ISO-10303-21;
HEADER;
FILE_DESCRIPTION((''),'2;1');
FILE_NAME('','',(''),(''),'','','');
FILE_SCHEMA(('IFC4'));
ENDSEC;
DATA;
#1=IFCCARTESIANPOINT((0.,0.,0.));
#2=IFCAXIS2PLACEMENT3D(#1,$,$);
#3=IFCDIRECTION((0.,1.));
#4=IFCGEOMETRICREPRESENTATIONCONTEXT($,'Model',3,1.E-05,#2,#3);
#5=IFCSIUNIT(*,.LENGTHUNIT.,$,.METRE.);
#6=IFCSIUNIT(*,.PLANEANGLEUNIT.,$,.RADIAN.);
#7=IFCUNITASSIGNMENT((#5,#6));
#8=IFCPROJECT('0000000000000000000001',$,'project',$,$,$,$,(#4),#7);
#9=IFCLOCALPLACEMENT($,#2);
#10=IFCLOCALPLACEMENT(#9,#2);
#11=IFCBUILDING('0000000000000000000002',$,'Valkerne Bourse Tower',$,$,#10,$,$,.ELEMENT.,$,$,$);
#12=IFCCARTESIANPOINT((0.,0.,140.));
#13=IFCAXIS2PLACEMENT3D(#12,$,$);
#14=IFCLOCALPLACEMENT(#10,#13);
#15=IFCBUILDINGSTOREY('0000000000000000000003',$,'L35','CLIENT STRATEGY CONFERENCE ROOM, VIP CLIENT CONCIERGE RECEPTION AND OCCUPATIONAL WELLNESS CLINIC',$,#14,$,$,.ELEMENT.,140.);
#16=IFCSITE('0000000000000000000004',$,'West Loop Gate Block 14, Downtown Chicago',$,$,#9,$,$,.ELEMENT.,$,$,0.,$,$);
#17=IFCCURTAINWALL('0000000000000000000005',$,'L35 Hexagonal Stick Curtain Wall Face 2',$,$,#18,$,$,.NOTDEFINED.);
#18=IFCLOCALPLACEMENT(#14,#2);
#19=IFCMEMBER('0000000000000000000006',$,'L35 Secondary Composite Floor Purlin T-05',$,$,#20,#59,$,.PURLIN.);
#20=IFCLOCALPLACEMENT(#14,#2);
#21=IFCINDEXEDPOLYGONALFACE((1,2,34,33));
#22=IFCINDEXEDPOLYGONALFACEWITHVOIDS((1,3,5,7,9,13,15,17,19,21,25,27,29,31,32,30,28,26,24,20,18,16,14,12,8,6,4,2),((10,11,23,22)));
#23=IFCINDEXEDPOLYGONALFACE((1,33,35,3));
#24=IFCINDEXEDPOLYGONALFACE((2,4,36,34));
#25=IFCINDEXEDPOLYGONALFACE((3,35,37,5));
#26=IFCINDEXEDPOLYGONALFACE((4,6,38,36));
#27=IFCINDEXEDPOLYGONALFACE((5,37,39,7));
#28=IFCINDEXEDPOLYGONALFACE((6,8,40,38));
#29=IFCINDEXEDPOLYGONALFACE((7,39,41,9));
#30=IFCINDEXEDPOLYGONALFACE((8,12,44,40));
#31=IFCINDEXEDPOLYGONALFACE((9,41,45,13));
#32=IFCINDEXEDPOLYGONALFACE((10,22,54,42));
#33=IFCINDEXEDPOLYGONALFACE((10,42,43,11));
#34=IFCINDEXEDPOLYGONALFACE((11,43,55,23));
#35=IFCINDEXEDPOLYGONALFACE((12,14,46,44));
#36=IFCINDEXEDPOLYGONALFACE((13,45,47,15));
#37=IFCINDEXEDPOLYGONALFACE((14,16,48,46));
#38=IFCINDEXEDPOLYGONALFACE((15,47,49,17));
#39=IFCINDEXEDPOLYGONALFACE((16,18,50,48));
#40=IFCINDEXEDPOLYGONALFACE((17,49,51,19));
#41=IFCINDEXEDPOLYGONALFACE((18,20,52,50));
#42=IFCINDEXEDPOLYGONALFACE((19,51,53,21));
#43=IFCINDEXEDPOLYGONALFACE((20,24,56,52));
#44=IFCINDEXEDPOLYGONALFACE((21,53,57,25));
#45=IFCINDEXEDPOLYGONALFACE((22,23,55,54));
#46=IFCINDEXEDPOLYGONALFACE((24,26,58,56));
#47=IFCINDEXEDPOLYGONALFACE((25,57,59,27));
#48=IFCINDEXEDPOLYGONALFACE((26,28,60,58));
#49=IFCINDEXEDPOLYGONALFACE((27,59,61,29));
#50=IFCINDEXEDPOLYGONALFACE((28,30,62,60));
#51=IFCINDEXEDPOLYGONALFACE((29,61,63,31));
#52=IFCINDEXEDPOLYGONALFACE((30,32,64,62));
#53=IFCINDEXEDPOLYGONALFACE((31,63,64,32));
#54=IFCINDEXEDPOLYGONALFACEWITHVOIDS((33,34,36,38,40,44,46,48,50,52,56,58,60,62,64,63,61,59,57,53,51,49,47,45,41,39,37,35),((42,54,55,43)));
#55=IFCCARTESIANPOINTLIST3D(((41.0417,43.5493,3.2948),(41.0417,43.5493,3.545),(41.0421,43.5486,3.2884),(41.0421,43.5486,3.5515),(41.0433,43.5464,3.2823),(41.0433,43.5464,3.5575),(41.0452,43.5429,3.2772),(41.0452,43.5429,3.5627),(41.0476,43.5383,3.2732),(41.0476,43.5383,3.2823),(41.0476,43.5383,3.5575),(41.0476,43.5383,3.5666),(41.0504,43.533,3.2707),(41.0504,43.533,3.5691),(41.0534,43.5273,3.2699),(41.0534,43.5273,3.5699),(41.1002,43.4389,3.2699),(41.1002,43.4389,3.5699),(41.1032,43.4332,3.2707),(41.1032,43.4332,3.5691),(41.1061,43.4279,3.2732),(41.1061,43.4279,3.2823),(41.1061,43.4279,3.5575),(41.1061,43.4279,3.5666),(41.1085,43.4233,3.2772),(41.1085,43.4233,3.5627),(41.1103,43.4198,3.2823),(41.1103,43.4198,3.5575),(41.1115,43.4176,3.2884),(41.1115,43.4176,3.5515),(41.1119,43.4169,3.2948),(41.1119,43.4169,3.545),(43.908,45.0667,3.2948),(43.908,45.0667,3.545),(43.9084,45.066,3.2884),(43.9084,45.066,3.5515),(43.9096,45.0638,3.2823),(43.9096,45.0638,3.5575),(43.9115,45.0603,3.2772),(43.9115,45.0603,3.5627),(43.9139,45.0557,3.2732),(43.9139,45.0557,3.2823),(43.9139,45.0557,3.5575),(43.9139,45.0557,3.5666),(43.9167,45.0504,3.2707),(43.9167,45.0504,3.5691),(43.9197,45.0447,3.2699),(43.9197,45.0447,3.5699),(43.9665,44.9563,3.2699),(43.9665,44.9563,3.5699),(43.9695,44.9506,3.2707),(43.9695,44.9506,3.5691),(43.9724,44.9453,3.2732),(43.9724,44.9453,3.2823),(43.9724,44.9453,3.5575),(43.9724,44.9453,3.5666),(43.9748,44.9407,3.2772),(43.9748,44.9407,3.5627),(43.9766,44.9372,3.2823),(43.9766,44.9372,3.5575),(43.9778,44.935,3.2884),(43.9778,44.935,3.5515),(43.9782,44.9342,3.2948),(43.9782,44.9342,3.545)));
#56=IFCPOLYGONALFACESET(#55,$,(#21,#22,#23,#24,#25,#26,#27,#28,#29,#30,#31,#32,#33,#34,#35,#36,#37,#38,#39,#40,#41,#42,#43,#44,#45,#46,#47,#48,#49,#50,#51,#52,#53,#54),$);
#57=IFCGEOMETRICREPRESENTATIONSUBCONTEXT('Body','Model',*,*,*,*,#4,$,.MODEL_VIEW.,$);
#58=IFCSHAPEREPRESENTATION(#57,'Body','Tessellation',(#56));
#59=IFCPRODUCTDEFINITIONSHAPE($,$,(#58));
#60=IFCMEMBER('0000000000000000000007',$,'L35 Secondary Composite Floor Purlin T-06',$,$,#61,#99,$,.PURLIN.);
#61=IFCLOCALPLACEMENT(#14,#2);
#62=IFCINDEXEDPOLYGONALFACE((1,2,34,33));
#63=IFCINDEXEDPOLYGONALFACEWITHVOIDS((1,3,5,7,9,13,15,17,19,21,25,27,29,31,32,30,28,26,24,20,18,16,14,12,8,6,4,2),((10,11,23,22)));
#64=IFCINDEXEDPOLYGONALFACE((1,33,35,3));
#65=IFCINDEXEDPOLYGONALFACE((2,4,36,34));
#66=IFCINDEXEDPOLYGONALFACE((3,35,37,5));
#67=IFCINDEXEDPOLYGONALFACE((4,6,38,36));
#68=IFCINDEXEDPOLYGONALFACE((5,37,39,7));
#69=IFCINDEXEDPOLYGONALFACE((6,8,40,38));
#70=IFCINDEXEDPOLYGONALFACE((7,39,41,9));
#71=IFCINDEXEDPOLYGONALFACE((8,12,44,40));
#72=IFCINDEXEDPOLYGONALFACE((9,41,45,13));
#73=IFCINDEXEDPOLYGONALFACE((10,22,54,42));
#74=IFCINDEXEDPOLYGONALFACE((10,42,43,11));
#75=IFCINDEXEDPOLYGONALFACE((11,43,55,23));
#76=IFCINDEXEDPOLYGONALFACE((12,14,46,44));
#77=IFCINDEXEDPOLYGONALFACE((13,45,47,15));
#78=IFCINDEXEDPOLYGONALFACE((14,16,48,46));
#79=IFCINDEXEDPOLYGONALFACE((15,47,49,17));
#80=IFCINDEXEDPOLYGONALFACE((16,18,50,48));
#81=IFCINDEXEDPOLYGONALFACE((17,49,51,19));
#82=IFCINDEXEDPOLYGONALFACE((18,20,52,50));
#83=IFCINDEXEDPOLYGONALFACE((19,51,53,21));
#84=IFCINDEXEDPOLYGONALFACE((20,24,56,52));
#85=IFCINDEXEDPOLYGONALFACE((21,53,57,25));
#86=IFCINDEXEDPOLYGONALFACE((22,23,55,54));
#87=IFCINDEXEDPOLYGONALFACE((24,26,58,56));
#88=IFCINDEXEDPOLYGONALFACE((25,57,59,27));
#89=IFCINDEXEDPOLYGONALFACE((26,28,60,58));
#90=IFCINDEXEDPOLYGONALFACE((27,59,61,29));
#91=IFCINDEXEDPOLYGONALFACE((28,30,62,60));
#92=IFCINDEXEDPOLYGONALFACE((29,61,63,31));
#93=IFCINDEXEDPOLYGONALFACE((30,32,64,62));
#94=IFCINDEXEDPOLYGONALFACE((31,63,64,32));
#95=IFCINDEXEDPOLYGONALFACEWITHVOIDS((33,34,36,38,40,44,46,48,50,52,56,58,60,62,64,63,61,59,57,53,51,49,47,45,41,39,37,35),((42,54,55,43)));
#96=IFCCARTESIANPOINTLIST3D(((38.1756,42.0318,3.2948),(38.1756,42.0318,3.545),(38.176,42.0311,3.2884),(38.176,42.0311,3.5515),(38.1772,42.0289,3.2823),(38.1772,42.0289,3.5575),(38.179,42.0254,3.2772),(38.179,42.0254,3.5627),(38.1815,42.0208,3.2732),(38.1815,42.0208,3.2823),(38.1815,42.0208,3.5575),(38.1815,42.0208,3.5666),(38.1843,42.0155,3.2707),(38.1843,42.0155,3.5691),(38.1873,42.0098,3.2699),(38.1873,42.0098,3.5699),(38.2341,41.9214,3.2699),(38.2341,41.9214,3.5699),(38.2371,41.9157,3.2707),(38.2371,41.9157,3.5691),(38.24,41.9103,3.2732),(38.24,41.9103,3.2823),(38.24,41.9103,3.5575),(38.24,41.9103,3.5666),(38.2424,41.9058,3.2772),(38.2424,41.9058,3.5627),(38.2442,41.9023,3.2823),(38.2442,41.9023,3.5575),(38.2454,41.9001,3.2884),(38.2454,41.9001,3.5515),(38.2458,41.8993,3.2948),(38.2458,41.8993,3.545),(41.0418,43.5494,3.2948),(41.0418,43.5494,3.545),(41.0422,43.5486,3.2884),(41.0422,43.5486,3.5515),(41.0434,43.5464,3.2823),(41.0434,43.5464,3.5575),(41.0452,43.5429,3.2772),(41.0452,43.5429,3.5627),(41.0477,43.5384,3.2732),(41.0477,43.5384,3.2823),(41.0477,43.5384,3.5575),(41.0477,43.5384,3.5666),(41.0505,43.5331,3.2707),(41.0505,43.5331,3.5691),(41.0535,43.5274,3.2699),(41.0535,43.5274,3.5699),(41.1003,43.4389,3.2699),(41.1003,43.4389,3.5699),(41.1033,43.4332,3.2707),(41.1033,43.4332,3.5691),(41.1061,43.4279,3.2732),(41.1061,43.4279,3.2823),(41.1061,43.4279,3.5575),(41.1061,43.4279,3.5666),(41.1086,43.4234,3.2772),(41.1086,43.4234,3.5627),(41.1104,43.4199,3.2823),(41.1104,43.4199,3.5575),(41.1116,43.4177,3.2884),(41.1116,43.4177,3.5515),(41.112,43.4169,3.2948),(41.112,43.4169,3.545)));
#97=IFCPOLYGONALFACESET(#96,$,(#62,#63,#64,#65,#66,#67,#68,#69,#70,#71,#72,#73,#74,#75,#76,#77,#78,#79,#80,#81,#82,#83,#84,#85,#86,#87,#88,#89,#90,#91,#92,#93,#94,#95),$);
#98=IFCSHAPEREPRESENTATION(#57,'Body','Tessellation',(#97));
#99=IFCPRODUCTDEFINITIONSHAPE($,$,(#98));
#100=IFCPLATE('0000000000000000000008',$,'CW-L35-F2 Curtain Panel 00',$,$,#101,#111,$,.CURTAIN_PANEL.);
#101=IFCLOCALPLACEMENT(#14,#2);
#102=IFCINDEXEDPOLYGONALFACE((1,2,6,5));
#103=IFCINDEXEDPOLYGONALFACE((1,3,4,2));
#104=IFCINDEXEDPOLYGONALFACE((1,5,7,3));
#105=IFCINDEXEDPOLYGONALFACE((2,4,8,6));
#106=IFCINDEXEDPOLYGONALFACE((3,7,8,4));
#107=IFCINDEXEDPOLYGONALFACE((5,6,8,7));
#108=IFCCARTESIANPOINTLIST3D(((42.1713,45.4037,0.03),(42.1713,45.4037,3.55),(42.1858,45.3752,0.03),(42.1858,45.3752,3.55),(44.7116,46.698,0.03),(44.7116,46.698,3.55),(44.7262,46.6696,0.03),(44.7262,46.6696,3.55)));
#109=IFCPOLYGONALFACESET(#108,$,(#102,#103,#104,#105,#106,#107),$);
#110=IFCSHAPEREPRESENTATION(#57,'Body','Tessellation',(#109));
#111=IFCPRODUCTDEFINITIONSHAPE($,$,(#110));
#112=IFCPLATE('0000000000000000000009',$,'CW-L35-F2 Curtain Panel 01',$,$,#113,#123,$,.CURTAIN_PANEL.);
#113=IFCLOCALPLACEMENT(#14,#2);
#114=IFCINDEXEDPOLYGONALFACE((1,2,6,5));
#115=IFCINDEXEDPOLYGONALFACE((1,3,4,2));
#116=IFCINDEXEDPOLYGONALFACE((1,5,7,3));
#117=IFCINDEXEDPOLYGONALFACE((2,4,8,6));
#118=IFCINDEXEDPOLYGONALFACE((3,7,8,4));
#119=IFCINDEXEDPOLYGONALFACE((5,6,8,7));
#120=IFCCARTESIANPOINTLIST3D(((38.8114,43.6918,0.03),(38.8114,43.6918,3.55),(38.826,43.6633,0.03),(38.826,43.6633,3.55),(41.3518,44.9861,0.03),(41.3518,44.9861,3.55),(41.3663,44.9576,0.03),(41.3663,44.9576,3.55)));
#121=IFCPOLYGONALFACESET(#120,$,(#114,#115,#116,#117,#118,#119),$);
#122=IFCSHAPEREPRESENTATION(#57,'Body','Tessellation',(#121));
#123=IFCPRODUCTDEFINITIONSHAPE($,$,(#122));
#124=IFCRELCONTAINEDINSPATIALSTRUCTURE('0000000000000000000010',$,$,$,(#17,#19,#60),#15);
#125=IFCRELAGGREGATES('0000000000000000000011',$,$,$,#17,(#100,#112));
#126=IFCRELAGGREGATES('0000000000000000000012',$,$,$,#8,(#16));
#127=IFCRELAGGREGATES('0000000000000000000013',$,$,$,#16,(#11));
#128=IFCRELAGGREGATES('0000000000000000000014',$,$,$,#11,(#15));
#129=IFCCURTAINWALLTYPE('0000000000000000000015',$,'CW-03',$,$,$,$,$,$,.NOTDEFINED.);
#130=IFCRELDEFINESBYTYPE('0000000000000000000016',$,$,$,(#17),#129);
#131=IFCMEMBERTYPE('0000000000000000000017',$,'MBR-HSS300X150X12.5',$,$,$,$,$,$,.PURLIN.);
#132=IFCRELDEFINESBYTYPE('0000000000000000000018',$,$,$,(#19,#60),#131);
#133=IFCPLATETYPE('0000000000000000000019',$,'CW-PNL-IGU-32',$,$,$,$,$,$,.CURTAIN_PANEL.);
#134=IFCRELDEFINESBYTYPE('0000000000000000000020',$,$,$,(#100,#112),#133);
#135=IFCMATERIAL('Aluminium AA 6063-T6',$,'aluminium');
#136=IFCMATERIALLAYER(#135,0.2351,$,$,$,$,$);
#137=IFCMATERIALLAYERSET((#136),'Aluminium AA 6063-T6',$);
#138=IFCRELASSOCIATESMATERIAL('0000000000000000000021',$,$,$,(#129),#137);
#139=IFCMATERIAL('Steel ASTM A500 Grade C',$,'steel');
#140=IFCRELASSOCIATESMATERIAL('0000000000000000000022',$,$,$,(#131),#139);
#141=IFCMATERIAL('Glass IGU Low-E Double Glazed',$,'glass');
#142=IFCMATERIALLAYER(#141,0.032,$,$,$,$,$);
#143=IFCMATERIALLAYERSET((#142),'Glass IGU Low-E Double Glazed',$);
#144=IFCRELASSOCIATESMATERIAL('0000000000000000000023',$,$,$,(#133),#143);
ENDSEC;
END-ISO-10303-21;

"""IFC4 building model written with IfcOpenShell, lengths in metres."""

from ifc_helpers import new_model, si_unit, direction, frame, origin, origin_2d, place, context, subcontext, project, spatial, rectangle, hollow_rectangle, extrude, material, layer, layer_set, material_profile, profile_set, type_object, element, aggregate, save


model = new_model("IFC4")

# Units and contexts
model_context = context("Model", 3, precision=1e-05, world=origin(), true_north=direction((0.0, 1.0)))
body_context = subcontext(model_context, "Body", "Model", "MODEL_VIEW")
ifc_project = project(units=[si_unit("LENGTHUNIT", "METRE"), si_unit("PLANEANGLEUNIT", "RADIAN")], contexts=[model_context])

# Site, building, storey
site_placement = place(None, origin())
site = spatial("IfcSite", under=ifc_project, at=site_placement, Name="West Loop Gate Block 14, Downtown Chicago", CompositionType="ELEMENT", RefElevation=0.0)
building_placement = place(site_placement, origin())
building = spatial("IfcBuilding", under=site, at=building_placement, Name="Valkerne Bourse Tower", CompositionType="ELEMENT")
storey_placement = place(building_placement, frame((0.0, 0.0, 140.0)))
storey = spatial("IfcBuildingStorey", under=building, at=storey_placement, Name="L35", Description="CLIENT STRATEGY CONFERENCE ROOM, VIP CLIENT CONCIERGE RECEPTION AND OCCUPATIONAL WELLNESS CLINIC", CompositionType="ELEMENT", Elevation=140.0)

# Shared definitions
ifc_material_1 = material(Name="Aluminium AA 6063-T6", Category="aluminium")
ifc_layer_1 = layer(ifc_material_1, 0.2351)
ifc_layer_set_1 = layer_set([ifc_layer_1], Name="Aluminium AA 6063-T6")
curtain_wall_type = type_object("IfcCurtainWallType", Name="CW-03", PredefinedType="NOTDEFINED", material=ifc_layer_set_1)

# Curtain wall
curtain_wall_1_placement = place(storey_placement, origin())
curtain_wall_1 = element("IfcCurtainWall", 1, at=curtain_wall_1_placement, inside=storey, type_object=curtain_wall_type, Name="L35 Hexagonal Stick Curtain Wall Face 2", PredefinedType="NOTDEFINED")

# Members
ifc_material_2 = material(Name="Steel ASTM A500 Grade C", Category="steel")
ifc_material_profile_1 = material_profile(ifc_material_2, hollow_rectangle(XDim=0.1499, YDim=0.3, WallThickness=0.0125, OuterFilletRadius=0.0249, at=origin_2d()), Name="HSS300X150X12.5")
ifc_profile_set_1 = profile_set([ifc_material_profile_1], Name="Steel ASTM A500 Grade C")
member_type_1 = type_object("IfcMemberType", Name="MBR-HSS300X150X12.5", PredefinedType="PURLIN", material=ifc_profile_set_1)
for number, where, z_axis, x_axis, name in (
    (2, (43.9431, 45.0005, 3.4199), (-0.883797, -0.46787, 0.0), (0.46787, -0.883797, 0.0), "L35 Secondary Composite Floor Purlin T-05"),
    (3, (41.0769, 43.4832, 3.4199), (-0.883766, -0.467929, 0.0), (0.467929, -0.883766, 0.0), "L35 Secondary Composite Floor Purlin T-06"),
):
    element("IfcMember", number, at=place(storey_placement, frame(where, z_axis=z_axis, x_axis=x_axis)), inside=storey, type_object=member_type_1, Name=name, PredefinedType="PURLIN", context=body_context, shape_type="SweptSolid", body=[
        extrude(hollow_rectangle(XDim=0.1499, YDim=0.3, WallThickness=0.0125, OuterFilletRadius=0.0249, at=origin_2d()), origin(), (0.0, 0.0, 1.0), 3.2432),
    ])

# Plates
ifc_material_3 = material(Name="Glass IGU Low-E Double Glazed", Category="glass")
ifc_layer_2 = layer(ifc_material_3, 0.032)
ifc_layer_set_2 = layer_set([ifc_layer_2], Name="Glass IGU Low-E Double Glazed")
plate_type = type_object("IfcPlateType", Name="CW-PNL-IGU-32", PredefinedType="CURTAIN_PANEL", material=ifc_layer_set_2)
plate_1_placement = place(storey_placement, frame((43.4487, 46.0366, 0.03), z_axis=(0.0, 0.0, 1.0), x_axis=(-0.891007, -0.453989, 0.0)))
plate_1 = element("IfcPlate", 4, at=plate_1_placement, type_object=plate_type, Name="CW-L35-F2 Curtain Panel 00", PredefinedType="CURTAIN_PANEL", context=body_context, shape_type="SweptSolid", body=[
    extrude(rectangle(XDim=2.8511, YDim=0.032, at=origin_2d()), origin(), (0.0, 0.0, 1.0), 3.52),
])
plate_2_placement = place(storey_placement, frame((40.0889, 44.3247, 0.03), z_axis=(0.0, 0.0, 1.0), x_axis=(-0.891007, -0.453989, 0.0)))
plate_2 = element("IfcPlate", 5, at=plate_2_placement, type_object=plate_type, Name="CW-L35-F2 Curtain Panel 01", PredefinedType="CURTAIN_PANEL", context=body_context, shape_type="SweptSolid", body=[
    extrude(rectangle(XDim=2.8511, YDim=0.032, at=origin_2d()), origin(), (0.0, 0.0, 1.0), 3.52),
])
aggregate(curtain_wall_1, [plate_1, plate_2])

save(model, "model.ifc")
